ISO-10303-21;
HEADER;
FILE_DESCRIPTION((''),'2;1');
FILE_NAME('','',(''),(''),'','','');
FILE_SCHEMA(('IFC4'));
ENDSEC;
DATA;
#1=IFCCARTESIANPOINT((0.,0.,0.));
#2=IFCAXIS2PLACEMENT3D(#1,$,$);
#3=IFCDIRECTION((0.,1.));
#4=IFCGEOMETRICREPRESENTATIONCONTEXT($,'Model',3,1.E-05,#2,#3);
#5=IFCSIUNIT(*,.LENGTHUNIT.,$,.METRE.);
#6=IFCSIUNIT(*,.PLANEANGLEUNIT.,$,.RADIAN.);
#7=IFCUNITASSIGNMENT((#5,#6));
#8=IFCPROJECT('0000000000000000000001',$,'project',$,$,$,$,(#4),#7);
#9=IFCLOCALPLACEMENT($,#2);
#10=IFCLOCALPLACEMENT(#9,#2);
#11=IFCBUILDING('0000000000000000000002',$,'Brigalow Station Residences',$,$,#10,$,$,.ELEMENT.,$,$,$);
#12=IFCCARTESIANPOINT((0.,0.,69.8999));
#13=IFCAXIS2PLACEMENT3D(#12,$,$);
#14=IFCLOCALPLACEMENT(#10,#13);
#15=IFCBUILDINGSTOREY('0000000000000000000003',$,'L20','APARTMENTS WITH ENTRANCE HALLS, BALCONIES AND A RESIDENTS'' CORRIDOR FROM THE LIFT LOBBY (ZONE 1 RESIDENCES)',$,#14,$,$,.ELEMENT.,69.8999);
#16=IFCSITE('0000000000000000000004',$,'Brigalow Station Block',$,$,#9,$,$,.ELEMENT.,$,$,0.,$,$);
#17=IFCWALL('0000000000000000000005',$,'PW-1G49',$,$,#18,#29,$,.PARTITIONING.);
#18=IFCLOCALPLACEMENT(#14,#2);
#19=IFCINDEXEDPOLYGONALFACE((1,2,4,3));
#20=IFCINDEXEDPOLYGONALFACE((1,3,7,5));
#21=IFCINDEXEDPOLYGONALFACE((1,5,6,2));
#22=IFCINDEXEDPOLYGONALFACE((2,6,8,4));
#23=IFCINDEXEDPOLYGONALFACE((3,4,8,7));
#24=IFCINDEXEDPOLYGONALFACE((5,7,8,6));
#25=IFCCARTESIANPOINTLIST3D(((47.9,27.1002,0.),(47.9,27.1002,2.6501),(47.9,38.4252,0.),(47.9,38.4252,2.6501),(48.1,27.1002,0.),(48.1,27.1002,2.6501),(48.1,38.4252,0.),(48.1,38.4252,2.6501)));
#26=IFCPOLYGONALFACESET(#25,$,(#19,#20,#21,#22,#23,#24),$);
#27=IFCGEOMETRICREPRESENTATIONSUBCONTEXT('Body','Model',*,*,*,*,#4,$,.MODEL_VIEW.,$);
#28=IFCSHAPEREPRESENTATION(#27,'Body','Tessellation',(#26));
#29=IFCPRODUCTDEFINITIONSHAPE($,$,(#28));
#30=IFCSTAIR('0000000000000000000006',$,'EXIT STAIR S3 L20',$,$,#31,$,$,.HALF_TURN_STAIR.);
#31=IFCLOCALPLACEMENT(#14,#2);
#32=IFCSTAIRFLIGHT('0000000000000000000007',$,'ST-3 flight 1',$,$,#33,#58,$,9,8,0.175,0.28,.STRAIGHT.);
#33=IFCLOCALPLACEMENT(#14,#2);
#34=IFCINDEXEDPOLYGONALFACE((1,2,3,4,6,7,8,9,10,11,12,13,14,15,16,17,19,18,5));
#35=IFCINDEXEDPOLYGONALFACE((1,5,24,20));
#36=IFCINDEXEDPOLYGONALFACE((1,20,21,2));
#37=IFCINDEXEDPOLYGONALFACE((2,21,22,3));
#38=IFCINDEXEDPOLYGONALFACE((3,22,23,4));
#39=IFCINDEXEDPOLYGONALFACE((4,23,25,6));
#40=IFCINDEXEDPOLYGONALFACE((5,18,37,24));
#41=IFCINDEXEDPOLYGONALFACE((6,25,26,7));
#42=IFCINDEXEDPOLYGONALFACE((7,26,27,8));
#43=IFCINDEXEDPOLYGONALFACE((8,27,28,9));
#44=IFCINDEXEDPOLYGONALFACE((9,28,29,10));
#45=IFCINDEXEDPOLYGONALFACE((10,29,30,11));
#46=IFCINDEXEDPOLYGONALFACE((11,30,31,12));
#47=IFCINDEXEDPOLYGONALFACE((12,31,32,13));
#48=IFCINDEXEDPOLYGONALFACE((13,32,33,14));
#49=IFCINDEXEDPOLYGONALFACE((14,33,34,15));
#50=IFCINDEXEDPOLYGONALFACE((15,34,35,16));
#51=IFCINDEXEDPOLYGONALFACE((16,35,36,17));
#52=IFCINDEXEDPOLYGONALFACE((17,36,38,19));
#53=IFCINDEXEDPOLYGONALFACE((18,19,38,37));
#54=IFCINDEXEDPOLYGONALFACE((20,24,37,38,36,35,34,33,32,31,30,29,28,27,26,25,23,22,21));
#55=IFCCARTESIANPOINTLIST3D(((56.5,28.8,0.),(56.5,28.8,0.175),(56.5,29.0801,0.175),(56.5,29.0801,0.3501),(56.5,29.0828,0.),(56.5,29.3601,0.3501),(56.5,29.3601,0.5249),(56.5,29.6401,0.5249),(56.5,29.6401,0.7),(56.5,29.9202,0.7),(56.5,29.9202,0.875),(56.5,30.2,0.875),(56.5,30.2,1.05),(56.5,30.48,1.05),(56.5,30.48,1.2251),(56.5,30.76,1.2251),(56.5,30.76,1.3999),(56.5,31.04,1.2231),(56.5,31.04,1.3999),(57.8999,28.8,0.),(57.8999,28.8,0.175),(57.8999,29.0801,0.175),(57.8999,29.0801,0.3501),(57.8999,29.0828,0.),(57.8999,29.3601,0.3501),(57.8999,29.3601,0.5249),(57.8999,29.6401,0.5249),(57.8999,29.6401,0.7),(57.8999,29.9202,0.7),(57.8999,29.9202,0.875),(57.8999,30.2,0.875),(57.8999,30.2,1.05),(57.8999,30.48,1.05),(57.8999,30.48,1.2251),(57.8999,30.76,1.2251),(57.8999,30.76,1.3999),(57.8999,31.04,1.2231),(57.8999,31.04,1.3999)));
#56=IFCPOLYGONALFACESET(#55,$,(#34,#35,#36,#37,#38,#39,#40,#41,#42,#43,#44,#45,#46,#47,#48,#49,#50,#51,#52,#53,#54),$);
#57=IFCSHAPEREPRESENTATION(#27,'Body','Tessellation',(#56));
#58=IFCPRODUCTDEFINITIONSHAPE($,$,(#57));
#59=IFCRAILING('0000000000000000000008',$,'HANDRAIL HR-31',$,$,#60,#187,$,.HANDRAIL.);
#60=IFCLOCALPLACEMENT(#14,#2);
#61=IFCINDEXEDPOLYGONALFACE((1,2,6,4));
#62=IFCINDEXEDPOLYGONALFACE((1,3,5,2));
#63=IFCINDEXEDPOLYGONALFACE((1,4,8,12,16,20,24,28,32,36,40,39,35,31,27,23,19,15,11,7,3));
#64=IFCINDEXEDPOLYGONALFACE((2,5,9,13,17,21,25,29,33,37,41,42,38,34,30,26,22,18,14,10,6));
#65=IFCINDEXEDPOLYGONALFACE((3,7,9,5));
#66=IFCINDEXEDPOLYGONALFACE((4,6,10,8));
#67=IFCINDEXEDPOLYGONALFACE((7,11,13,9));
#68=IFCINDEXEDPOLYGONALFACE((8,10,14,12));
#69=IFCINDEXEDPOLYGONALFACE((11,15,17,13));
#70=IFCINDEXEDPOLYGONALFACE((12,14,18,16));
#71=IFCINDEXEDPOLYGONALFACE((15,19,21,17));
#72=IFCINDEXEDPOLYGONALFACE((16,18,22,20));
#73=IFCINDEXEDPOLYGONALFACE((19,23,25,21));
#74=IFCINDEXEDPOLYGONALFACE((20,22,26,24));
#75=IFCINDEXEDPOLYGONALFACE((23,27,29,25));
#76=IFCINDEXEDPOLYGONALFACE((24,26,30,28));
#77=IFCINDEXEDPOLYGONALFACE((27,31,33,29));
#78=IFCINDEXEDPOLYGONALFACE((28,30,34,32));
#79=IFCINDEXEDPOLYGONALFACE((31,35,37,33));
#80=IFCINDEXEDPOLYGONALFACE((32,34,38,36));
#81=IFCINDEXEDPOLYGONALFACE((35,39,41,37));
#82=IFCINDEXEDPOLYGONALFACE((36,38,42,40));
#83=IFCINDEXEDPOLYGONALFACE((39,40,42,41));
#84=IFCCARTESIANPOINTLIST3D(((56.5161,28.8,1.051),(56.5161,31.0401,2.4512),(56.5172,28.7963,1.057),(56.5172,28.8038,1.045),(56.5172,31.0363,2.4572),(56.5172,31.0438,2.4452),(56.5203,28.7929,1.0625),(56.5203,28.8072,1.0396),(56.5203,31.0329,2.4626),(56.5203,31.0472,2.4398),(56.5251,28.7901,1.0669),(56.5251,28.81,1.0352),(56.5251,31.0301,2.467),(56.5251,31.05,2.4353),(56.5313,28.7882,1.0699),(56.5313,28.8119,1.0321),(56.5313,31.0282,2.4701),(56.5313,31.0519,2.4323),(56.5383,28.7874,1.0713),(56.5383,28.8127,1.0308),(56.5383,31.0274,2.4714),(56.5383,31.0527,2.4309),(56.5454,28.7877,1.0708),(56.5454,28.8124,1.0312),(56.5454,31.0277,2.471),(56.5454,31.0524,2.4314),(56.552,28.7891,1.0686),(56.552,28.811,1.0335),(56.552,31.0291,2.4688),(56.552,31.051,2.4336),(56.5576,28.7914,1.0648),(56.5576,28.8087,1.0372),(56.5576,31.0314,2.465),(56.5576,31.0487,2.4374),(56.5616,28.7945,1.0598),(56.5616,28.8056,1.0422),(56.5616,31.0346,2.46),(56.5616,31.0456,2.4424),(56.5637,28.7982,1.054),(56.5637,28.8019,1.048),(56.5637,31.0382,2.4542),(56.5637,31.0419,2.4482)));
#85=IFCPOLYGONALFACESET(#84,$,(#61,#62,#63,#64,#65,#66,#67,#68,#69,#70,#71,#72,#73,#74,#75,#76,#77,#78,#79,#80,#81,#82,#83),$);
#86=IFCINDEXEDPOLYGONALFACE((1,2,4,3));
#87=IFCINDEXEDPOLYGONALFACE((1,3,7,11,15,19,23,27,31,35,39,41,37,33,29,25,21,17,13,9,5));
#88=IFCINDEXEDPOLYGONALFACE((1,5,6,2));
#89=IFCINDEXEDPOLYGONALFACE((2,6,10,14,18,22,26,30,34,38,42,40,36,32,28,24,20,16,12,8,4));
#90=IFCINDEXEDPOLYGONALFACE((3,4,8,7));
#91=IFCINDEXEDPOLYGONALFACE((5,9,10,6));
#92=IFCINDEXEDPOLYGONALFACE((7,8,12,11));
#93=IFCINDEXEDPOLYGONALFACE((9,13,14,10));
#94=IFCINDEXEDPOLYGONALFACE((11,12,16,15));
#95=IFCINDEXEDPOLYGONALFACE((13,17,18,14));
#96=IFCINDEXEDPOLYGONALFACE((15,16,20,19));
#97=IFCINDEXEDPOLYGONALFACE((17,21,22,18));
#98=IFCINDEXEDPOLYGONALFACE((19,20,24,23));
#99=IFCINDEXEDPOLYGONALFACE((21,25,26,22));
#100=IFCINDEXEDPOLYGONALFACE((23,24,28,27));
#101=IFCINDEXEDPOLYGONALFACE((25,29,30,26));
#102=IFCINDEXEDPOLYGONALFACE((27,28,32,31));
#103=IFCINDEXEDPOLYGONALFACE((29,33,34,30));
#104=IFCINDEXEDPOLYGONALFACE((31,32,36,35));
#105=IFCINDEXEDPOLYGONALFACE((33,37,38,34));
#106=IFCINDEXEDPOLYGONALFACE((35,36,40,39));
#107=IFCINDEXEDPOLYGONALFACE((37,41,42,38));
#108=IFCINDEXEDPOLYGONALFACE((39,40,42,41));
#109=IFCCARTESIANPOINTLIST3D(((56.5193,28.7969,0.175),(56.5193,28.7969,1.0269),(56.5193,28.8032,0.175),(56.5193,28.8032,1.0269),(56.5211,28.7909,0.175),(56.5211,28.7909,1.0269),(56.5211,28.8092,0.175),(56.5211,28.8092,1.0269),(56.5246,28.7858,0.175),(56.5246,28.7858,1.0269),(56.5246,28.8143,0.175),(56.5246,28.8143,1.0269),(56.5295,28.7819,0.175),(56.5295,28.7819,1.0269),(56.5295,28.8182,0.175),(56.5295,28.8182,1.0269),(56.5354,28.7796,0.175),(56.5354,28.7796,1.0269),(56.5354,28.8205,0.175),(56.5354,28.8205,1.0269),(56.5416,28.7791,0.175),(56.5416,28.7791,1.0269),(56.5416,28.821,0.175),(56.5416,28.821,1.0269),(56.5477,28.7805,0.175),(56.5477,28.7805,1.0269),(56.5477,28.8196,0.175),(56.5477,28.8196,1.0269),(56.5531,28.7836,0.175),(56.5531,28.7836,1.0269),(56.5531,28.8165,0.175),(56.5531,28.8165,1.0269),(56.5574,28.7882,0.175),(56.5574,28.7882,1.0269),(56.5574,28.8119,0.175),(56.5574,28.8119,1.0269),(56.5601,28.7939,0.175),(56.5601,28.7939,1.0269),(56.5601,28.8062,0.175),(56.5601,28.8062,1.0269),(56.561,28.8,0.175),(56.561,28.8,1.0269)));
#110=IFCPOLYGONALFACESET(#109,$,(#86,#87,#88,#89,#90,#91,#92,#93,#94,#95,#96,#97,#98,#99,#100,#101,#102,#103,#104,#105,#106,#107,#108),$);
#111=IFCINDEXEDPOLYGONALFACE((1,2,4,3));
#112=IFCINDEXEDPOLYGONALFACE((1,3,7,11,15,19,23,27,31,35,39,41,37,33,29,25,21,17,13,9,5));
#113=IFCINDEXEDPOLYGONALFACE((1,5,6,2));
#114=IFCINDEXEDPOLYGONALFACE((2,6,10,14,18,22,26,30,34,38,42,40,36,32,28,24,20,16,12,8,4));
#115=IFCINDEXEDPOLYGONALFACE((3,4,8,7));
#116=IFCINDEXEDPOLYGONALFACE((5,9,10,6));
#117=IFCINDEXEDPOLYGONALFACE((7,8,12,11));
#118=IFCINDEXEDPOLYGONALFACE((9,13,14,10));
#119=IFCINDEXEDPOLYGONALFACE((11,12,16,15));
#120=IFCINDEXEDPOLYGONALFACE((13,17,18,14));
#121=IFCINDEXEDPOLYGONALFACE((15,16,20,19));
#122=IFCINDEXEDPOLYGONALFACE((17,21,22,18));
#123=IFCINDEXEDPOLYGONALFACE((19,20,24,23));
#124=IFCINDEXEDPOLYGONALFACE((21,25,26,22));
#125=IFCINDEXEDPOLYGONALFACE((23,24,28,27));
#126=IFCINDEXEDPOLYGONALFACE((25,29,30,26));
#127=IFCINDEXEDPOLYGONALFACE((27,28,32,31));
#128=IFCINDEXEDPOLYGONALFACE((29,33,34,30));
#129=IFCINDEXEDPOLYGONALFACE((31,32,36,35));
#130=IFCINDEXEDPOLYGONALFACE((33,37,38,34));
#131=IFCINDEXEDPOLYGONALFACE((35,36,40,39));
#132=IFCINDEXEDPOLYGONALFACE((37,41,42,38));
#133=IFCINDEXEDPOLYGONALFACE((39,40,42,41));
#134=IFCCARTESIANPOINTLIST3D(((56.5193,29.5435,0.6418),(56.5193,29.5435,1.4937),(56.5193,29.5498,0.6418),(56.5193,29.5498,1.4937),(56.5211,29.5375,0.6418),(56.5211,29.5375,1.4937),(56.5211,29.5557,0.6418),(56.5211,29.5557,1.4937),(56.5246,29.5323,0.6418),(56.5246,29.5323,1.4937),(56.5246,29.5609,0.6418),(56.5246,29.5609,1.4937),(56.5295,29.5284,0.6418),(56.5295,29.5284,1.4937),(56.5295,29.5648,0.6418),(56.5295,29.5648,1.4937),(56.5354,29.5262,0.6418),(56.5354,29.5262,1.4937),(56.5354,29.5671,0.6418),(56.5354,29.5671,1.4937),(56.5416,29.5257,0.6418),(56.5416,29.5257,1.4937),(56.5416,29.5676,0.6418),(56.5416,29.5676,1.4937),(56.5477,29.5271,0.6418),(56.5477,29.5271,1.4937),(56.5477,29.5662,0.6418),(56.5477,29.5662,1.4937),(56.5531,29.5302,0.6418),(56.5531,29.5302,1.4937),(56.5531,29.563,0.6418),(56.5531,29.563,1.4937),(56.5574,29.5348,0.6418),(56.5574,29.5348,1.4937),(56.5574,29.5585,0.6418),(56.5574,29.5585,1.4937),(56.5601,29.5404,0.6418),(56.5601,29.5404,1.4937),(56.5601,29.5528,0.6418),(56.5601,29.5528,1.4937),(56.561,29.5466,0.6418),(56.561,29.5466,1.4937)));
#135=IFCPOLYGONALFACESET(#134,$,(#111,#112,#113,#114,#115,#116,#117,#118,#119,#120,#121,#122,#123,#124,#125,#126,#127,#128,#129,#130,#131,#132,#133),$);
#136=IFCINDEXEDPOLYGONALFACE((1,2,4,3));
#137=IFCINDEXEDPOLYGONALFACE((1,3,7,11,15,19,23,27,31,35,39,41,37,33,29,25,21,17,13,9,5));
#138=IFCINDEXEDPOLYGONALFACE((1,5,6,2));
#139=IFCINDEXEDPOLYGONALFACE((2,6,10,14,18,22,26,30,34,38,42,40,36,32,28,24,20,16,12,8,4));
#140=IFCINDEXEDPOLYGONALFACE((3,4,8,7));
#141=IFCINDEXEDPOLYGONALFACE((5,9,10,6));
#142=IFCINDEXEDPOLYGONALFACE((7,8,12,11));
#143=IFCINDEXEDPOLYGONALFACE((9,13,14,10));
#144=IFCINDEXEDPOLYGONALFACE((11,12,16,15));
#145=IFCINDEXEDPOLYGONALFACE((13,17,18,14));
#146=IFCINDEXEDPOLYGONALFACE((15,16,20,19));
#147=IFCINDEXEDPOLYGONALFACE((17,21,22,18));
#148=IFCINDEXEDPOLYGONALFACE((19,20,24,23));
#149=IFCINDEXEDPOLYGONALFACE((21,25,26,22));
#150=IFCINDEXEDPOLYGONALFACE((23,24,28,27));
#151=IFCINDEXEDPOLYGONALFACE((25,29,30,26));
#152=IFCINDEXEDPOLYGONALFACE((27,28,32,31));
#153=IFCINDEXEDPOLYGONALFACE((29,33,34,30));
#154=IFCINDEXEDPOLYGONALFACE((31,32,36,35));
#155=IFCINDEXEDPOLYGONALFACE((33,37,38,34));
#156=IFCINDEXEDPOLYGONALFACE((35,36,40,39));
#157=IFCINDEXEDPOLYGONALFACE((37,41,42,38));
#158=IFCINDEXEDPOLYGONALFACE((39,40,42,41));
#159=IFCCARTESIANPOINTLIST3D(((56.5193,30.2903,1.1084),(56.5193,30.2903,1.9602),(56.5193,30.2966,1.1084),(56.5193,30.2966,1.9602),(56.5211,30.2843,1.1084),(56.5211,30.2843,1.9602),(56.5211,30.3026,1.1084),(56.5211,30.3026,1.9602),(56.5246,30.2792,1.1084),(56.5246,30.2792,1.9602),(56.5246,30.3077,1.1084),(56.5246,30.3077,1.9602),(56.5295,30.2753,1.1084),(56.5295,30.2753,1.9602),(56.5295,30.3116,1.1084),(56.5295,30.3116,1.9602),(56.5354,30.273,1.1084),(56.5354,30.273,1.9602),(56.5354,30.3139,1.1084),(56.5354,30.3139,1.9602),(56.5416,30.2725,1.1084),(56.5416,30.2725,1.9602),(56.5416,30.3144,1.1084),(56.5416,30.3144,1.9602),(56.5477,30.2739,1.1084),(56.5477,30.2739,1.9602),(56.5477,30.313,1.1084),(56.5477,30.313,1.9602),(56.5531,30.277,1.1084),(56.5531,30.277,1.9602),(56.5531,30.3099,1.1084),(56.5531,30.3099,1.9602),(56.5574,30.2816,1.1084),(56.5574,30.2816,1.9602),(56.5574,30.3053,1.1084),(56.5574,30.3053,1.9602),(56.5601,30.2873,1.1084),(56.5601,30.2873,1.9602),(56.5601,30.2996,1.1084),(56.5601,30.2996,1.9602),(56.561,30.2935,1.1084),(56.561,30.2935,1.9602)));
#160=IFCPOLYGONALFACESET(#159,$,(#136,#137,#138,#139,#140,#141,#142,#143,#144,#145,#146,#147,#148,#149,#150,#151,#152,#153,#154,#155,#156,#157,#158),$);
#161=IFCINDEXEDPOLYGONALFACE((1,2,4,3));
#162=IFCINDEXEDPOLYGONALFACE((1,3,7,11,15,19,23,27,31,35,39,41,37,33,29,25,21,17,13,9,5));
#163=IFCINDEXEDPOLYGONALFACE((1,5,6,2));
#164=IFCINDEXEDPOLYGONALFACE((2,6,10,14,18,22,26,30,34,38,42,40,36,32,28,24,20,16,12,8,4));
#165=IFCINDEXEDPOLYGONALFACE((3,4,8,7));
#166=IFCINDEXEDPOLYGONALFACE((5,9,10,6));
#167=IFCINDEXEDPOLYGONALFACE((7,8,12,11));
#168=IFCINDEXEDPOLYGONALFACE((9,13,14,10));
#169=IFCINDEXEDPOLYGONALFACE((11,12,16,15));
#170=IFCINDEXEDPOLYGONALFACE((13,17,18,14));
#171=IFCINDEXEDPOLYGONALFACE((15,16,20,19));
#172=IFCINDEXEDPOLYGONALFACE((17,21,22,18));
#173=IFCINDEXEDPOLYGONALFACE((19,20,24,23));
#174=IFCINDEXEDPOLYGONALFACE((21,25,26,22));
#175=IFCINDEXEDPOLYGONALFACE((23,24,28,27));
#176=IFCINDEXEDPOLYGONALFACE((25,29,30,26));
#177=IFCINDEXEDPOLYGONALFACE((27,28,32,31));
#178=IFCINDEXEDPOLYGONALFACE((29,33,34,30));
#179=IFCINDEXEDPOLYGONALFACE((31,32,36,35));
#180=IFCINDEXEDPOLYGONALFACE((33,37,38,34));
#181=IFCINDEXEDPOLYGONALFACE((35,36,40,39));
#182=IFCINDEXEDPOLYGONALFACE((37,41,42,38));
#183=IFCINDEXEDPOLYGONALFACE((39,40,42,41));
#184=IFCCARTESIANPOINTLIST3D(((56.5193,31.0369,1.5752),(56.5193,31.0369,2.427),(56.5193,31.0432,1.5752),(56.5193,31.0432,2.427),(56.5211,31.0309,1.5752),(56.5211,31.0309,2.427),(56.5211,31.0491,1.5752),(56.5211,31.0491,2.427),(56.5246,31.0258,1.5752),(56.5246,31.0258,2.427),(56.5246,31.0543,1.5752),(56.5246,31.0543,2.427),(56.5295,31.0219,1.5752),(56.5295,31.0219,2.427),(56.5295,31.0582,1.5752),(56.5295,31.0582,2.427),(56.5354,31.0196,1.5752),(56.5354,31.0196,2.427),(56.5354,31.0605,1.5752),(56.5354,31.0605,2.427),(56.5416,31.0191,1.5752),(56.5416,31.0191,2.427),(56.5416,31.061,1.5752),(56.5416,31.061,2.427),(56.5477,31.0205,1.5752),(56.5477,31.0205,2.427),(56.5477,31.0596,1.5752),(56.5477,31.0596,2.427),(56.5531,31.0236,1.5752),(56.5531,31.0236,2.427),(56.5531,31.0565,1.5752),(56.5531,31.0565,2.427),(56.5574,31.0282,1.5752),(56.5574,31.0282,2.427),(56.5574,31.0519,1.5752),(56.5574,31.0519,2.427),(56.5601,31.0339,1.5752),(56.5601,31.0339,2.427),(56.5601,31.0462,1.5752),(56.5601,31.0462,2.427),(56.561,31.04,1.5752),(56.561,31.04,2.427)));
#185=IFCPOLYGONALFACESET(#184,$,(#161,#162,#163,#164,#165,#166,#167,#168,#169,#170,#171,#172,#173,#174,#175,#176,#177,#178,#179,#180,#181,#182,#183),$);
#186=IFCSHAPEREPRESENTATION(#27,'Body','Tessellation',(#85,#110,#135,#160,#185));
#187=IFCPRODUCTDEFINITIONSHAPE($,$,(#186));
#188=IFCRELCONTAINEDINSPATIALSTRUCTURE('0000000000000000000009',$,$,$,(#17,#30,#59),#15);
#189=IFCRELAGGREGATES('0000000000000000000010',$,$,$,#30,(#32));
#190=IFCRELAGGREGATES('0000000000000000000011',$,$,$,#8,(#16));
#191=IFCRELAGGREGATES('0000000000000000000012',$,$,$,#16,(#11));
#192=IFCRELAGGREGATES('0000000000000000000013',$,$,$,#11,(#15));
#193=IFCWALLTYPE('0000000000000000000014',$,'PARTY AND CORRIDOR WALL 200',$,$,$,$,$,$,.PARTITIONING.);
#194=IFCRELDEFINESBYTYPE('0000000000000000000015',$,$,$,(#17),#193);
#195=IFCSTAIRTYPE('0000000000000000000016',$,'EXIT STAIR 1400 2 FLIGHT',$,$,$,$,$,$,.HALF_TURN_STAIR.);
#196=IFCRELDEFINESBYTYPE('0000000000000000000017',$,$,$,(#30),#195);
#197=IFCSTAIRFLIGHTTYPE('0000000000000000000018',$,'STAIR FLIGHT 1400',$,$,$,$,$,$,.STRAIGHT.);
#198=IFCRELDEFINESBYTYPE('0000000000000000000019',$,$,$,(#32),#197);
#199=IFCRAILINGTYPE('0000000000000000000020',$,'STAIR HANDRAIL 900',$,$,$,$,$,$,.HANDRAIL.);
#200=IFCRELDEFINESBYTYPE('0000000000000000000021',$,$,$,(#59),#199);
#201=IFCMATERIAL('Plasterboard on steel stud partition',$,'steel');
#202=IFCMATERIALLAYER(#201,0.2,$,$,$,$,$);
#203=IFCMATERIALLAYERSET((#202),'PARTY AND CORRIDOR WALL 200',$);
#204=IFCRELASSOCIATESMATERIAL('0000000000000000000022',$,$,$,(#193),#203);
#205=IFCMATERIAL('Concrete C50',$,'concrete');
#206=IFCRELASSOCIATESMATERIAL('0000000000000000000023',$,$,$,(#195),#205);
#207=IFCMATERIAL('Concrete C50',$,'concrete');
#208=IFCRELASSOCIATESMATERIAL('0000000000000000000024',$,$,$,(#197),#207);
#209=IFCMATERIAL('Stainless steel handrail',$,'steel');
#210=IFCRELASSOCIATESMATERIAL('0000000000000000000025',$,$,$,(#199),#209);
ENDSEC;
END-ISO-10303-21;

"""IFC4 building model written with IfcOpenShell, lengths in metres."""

from ifc_helpers import new_model, si_unit, direction, frame, frame_2d, origin, origin_2d, place, context, subcontext, project, spatial, polyline, rectangle, circle, outline, extrude, material, layer, layer_set, type_object, element, aggregate, save


model = new_model("IFC4")

# Units and contexts
model_context = context("Model", 3, precision=1e-05, world=origin(), true_north=direction((0.0, 1.0)))
body_context = subcontext(model_context, "Body", "Model", "MODEL_VIEW")
ifc_project = project(units=[si_unit("LENGTHUNIT", "METRE"), si_unit("PLANEANGLEUNIT", "RADIAN")], contexts=[model_context])

# Site, building, storey
site_placement = place(None, origin())
site = spatial("IfcSite", under=ifc_project, at=site_placement, Name="Brigalow Station Block", CompositionType="ELEMENT", RefElevation=0.0)
building_placement = place(site_placement, origin())
building = spatial("IfcBuilding", under=site, at=building_placement, Name="Brigalow Station Residences", CompositionType="ELEMENT")
storey_placement = place(building_placement, frame((0.0, 0.0, 69.8999)))
storey = spatial("IfcBuildingStorey", under=building, at=storey_placement, Name="L20", Description="APARTMENTS WITH ENTRANCE HALLS, BALCONIES AND A RESIDENTS' CORRIDOR FROM THE LIFT LOBBY (ZONE 1 RESIDENCES)", CompositionType="ELEMENT", Elevation=69.8999)

# Wall
ifc_material_1 = material(Name="Plasterboard on steel stud partition", Category="steel")
ifc_layer_1 = layer(ifc_material_1, 0.2)
ifc_layer_set_1 = layer_set([ifc_layer_1], Name="PARTY AND CORRIDOR WALL 200")
wall_type_1 = type_object("IfcWallType", Name="PARTY AND CORRIDOR WALL 200", PredefinedType="PARTITIONING", material=ifc_layer_set_1)
wall_1_placement = place(storey_placement, frame((48.0, 27.1001, 0.0), z_axis=(0.0, 0.0, 1.0), x_axis=(0.0, 1.0, 0.0)))
element("IfcWall", 1, at=wall_1_placement, inside=storey, type_object=wall_type_1, Name="PW-1G49", PredefinedType="PARTITIONING", context=body_context, shape_type="SweptSolid", body=[
    extrude(rectangle(XDim=11.325, YDim=0.2, at=frame_2d((5.6626, 0.0))), origin(), (0.0, 0.0, 1.0), 2.6501),
])

# Stair, stair flight
ifc_material_2 = material(Name="Concrete C50", Category="concrete")
stair_type = type_object("IfcStairType", Name="EXIT STAIR 1400 2 FLIGHT", PredefinedType="HALF_TURN_STAIR", material=ifc_material_2)
stair_placement = place(storey_placement, origin())
stair = element("IfcStair", 2, at=stair_placement, inside=storey, type_object=stair_type, Name="EXIT STAIR S3 L20", PredefinedType="HALF_TURN_STAIR")
ifc_material_3 = material(Name="Concrete C50", Category="concrete")
stair_flight_type = type_object("IfcStairFlightType", Name="STAIR FLIGHT 1400", PredefinedType="STRAIGHT", material=ifc_material_3)
stair_flight_placement = place(storey_placement, frame((57.2, 28.8, 0.0), z_axis=(0.0, 0.0, 1.0), x_axis=(0.0, 1.0, 0.0)))
stair_flight = element("IfcStairFlight", 3, at=stair_flight_placement, type_object=stair_flight_type, Name="ST-3 flight 1", NumberOfRisers=9, NumberOfTreads=8, PredefinedType="STRAIGHT", RiserHeight=0.175, TreadLength=0.28, context=body_context, shape_type="SweptSolid", body=[
    extrude(outline(polyline([(0.0, 0.0), (0.0, 0.175), (0.28, 0.175), (0.28, 0.3501), (0.5601, 0.3501), (0.5601, 0.5249), (0.8401, 0.5249), (0.8401, 0.7), (1.1201, 0.7), (1.1201, 0.875), (1.3999, 0.875), (1.3999, 1.05), (1.6799, 1.05), (1.6799, 1.2251), (1.96, 1.2251), (1.96, 1.3999), (2.24, 1.3999), (2.24, 1.575), (2.24, 1.2231), (0.2827, 0.0), (0.0, 0.0)])), frame((0.0, 0.7, 0.0), z_axis=(0.0, -1.0, 0.0), x_axis=(1.0, 0.0, 0.0)), (0.0, 0.0, 1.0), 1.3999),
])
aggregate(stair, [stair_flight])

# Railing
ifc_material_4 = material(Name="Stainless steel handrail", Category="steel")
railing_type = type_object("IfcRailingType", Name="STAIR HANDRAIL 900", PredefinedType="HANDRAIL", material=ifc_material_4)
railing_placement = place(storey_placement, frame((56.54, 28.8, 0.175)))
element("IfcRailing", 4, at=railing_placement, inside=storey, type_object=railing_type, Name="HANDRAIL HR-31", PredefinedType="HANDRAIL", context=body_context, shape_type="SweptSolid", body=[
    extrude(circle(Radius=0.0239, at=origin_2d()), frame((0.0, 0.0, 0.876), z_axis=(0.0, 0.847972, 0.53004), x_axis=(-1.0, 0.0, 0.0)), (0.0, 0.0, 1.0), 2.6416),
    extrude(circle(Radius=0.021, at=origin_2d()), origin(), (0.0, 0.0, 1.0), 0.8518),
    extrude(circle(Radius=0.021, at=origin_2d()), frame((0.0, 0.7466, 0.4668)), (0.0, 0.0, 1.0), 0.8518),
    extrude(circle(Radius=0.021, at=origin_2d()), frame((0.0, 1.4934, 0.9333)), (0.0, 0.0, 1.0), 0.8518),
    extrude(circle(Radius=0.021, at=origin_2d()), frame((0.0, 2.24, 1.4001)), (0.0, 0.0, 1.0), 0.8518),
])

save(model, "model.ifc")
